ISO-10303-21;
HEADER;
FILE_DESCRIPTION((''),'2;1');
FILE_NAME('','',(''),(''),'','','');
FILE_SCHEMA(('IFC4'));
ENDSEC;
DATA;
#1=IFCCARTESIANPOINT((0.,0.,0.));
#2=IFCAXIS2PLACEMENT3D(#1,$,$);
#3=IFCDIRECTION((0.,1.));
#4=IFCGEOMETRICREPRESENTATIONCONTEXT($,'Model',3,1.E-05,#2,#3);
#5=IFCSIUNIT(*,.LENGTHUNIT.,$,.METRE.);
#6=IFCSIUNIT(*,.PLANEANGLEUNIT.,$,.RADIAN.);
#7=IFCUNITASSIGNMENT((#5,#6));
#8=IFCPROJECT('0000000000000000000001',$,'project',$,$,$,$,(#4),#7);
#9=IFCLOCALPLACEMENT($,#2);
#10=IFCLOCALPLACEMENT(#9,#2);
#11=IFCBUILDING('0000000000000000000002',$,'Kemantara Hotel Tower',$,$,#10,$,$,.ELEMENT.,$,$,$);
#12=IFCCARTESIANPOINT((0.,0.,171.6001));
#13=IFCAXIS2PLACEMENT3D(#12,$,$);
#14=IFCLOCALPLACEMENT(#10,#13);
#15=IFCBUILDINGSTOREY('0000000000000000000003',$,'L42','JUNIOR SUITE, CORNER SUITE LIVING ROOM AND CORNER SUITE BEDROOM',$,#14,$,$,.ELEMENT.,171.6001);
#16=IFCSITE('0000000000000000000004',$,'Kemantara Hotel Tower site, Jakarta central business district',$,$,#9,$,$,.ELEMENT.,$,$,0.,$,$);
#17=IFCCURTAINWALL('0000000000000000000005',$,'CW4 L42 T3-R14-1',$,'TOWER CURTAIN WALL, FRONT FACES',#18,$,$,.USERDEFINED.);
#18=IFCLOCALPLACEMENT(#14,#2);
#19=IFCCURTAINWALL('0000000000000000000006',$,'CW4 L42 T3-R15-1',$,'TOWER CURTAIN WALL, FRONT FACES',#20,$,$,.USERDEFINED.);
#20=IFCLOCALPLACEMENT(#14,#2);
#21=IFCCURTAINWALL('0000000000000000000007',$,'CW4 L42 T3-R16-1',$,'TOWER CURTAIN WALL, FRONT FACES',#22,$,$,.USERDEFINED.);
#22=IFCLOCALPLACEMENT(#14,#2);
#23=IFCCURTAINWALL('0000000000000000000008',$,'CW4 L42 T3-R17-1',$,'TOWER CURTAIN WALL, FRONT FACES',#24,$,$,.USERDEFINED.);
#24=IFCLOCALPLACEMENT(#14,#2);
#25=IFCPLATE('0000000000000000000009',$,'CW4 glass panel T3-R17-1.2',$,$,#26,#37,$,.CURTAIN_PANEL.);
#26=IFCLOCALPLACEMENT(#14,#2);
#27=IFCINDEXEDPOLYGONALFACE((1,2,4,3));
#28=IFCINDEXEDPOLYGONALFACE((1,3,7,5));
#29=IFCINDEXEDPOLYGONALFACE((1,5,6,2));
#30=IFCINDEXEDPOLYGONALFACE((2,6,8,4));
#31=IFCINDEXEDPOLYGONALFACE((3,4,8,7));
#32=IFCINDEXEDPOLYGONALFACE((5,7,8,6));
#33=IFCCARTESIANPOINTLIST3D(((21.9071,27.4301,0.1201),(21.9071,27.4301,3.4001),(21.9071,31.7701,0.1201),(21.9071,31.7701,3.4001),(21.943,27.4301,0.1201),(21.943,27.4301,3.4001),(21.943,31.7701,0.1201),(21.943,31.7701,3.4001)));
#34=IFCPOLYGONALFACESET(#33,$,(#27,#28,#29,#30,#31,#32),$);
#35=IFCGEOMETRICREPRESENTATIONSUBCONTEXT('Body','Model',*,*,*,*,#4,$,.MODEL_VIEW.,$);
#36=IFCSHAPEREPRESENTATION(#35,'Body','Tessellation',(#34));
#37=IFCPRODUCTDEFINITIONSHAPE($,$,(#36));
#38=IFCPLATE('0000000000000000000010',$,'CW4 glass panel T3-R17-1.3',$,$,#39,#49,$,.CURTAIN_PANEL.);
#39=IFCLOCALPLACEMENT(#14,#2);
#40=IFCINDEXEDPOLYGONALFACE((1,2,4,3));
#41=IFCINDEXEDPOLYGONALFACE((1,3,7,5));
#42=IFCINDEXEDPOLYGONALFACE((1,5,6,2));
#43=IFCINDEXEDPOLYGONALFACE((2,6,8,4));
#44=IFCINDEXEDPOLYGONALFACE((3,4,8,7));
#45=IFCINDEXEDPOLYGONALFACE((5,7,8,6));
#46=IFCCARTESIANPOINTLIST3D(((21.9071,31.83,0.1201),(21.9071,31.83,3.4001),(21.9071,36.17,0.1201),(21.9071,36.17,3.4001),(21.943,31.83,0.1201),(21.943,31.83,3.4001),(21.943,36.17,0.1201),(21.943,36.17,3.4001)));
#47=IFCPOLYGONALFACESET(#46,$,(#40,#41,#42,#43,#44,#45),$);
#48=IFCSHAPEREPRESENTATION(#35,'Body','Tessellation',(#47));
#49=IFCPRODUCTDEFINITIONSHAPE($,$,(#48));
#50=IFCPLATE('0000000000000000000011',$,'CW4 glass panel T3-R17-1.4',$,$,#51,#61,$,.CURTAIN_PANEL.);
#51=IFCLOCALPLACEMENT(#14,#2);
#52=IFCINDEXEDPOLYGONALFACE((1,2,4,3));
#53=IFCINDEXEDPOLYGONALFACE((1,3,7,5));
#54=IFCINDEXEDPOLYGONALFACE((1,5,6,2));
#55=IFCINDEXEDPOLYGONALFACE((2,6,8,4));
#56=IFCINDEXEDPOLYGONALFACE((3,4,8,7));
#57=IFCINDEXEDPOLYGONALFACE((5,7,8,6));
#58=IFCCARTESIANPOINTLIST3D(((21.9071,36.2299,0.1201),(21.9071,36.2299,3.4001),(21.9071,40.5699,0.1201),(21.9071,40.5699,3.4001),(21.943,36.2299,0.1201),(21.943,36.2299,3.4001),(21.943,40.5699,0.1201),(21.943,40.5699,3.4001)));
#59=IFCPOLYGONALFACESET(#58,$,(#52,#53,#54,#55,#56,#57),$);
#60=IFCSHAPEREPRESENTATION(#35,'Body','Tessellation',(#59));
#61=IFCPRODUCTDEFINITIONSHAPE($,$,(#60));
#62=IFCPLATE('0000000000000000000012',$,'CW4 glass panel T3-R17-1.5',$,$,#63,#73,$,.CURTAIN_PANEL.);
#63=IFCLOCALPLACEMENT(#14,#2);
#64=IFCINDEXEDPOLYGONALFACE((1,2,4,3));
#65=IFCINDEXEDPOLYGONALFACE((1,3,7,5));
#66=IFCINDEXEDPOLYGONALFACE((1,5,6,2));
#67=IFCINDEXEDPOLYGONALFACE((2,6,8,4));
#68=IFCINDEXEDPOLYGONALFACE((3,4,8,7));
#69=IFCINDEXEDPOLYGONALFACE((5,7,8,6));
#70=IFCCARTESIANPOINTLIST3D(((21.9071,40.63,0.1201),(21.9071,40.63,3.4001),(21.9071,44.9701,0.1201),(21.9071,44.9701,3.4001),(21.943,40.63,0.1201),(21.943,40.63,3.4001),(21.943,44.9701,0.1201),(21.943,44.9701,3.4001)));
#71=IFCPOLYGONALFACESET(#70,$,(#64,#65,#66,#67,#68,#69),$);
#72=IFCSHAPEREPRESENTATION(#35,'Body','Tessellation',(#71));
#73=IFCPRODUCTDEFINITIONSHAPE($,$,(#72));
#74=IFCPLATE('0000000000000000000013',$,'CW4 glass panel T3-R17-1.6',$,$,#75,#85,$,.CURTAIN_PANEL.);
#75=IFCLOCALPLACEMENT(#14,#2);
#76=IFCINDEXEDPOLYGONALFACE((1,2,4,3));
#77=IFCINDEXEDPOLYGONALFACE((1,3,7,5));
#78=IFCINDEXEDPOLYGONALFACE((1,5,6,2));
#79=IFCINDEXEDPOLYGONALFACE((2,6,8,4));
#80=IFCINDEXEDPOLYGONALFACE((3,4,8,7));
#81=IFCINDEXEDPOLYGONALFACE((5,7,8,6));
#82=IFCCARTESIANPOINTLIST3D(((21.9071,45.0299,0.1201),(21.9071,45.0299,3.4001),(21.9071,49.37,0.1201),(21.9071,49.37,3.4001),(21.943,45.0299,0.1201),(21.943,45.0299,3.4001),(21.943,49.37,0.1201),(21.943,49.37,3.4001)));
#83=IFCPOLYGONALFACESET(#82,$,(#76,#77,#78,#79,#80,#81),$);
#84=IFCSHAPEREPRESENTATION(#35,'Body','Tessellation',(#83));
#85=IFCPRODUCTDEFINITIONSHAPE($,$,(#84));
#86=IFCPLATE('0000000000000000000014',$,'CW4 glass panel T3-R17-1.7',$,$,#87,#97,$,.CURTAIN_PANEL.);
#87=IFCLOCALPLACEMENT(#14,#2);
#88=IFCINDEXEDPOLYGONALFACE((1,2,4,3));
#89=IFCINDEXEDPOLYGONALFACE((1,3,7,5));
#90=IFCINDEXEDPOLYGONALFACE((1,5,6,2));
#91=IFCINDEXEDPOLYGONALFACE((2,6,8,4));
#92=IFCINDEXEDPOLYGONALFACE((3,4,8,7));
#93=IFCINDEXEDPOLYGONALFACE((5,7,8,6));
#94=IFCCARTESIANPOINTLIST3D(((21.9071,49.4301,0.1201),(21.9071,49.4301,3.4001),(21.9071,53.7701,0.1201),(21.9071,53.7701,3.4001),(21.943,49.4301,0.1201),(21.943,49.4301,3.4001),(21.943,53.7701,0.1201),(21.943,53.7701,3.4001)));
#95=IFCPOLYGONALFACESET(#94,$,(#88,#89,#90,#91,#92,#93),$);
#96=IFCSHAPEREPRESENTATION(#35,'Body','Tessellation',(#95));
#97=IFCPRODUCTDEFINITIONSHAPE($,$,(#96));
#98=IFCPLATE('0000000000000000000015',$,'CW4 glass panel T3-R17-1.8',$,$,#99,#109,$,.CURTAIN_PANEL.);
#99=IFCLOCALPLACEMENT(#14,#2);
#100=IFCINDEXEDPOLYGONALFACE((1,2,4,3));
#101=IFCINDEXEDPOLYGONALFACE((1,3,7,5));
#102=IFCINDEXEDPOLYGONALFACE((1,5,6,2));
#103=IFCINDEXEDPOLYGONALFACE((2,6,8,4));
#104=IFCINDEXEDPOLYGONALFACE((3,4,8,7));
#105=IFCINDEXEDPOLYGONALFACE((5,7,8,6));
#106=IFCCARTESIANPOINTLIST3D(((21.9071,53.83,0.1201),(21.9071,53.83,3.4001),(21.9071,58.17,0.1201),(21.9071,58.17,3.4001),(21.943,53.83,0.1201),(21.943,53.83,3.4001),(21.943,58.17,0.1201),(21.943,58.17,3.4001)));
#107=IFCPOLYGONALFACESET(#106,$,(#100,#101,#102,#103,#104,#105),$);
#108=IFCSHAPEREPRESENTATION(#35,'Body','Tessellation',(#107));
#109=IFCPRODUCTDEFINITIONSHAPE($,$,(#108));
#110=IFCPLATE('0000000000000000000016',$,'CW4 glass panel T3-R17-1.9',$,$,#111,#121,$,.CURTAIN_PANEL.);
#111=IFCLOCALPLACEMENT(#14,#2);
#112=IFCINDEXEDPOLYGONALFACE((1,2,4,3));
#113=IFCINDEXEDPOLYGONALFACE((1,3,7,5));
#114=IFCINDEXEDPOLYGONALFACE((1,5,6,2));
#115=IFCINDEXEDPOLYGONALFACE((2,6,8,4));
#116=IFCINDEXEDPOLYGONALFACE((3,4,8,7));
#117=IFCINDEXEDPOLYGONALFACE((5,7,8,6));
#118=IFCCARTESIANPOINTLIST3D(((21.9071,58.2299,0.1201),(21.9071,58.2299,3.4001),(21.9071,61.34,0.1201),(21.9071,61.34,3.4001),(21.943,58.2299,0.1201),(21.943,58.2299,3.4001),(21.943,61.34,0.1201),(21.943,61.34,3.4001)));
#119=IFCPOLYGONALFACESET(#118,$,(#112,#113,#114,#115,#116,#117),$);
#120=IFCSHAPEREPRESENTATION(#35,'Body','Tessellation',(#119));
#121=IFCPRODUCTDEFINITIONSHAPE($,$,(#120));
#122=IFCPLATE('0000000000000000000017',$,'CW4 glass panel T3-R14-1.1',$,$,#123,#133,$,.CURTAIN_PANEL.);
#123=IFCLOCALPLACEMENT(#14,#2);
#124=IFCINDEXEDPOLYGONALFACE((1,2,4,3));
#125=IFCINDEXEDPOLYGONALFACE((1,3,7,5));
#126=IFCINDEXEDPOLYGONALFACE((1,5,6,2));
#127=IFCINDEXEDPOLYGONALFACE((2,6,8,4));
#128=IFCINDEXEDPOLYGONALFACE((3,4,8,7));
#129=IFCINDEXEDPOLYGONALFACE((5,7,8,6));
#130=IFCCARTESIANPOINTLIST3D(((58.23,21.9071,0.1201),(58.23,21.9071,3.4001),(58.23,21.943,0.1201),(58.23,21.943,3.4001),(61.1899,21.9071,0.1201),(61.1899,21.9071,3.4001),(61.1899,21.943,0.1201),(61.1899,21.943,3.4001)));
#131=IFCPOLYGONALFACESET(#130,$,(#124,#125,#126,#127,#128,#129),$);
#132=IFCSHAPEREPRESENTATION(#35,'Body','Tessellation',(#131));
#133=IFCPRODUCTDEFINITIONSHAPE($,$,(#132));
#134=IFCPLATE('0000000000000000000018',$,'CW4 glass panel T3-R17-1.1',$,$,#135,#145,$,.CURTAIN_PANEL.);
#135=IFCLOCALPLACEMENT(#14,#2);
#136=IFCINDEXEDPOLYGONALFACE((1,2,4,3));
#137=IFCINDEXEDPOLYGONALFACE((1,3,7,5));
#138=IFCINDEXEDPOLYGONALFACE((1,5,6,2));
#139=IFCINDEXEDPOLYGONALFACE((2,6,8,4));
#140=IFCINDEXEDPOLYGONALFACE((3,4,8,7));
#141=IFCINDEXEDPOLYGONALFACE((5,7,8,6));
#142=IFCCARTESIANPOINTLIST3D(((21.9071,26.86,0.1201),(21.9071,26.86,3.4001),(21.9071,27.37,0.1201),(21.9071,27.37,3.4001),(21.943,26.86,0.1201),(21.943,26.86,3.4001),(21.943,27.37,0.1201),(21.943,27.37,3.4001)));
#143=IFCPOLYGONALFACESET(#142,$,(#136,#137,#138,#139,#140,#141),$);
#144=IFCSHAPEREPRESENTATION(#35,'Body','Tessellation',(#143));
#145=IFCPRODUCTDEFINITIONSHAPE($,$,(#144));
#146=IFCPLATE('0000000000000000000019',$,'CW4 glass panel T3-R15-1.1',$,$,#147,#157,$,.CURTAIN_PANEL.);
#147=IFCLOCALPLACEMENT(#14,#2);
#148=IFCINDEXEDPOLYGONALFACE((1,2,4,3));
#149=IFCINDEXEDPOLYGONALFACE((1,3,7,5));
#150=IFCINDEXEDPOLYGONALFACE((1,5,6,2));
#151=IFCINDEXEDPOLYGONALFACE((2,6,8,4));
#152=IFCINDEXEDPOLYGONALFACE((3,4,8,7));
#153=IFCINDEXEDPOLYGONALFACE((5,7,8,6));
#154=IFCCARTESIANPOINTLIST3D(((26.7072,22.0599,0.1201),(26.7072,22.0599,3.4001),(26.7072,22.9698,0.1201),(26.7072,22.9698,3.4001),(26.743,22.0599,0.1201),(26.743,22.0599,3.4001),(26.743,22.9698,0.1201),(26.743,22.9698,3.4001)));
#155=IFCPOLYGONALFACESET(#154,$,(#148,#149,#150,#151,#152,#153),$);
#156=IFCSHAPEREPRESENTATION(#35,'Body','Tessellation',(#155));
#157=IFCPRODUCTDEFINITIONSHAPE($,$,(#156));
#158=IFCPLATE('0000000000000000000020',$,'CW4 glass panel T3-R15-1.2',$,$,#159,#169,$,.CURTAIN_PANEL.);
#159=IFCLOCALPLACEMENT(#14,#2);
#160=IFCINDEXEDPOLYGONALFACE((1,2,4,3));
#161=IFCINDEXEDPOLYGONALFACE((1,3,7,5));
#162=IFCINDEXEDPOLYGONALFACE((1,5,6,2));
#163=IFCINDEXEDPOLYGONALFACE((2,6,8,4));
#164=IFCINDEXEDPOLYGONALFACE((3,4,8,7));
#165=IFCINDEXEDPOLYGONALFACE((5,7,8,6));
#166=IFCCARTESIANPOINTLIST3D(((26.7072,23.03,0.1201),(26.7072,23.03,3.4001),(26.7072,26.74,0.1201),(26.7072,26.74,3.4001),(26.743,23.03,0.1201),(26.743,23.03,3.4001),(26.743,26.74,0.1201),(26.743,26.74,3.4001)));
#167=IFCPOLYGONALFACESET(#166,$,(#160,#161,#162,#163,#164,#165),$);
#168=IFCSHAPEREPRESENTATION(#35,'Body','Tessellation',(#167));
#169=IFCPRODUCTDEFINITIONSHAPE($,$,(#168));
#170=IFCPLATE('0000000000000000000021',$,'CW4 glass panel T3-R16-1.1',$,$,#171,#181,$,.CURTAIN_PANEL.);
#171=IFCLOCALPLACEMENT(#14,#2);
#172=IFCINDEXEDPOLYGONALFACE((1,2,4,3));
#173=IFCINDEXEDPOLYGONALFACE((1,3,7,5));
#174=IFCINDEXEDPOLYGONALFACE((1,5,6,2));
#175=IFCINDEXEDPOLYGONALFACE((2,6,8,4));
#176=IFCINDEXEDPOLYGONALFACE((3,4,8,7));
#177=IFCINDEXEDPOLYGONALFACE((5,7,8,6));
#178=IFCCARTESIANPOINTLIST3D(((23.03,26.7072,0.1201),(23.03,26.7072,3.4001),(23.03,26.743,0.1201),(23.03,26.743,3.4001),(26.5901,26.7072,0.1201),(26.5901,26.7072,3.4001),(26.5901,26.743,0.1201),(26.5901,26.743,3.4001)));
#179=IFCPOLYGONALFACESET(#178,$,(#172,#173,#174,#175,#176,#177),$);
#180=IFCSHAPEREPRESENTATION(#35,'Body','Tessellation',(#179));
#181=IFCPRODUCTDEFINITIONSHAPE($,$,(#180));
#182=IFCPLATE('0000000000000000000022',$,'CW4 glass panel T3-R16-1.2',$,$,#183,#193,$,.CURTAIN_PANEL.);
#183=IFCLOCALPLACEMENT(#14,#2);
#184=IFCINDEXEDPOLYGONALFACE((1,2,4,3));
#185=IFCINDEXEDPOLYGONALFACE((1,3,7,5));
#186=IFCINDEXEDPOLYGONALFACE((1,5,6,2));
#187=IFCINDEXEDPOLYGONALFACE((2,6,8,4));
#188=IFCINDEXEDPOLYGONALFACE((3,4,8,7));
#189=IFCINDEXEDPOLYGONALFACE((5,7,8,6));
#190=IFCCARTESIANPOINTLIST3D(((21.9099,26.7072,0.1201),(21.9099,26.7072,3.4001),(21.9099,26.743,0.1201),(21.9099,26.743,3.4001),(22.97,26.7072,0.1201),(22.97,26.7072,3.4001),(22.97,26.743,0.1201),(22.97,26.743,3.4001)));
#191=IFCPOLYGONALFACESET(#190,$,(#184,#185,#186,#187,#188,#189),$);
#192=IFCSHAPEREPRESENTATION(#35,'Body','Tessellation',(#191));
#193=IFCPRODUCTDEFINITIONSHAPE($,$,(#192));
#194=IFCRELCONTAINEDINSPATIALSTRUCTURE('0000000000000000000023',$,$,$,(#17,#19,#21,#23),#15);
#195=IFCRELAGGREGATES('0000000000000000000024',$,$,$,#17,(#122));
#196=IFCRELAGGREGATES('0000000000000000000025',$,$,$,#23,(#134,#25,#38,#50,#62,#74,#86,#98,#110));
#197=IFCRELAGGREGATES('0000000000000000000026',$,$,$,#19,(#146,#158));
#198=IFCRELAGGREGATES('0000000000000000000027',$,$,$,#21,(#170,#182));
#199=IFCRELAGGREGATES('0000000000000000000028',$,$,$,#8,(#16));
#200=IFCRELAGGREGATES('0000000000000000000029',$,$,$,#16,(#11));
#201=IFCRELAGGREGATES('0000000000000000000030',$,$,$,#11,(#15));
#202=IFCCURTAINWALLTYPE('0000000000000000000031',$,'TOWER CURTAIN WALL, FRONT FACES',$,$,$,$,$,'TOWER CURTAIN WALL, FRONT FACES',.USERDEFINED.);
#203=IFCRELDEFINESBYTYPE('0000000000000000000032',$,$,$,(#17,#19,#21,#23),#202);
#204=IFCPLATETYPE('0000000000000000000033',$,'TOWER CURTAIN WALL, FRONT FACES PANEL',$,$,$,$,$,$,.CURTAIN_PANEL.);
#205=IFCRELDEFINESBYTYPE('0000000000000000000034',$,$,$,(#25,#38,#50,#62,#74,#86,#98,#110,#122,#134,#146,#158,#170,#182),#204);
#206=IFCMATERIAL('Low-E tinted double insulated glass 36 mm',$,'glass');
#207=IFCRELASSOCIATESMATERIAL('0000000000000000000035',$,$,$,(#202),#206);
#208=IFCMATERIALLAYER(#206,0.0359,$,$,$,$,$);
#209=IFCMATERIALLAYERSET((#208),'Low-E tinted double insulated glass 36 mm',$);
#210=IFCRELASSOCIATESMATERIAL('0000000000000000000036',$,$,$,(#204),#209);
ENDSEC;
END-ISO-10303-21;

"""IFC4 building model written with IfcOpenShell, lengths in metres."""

from ifc_helpers import new_model, si_unit, direction, frame, origin, origin_2d, place, context, subcontext, project, spatial, rectangle, extrude, source, transform, mapped, material, layer, layer_set, type_object, element, aggregate, save


model = new_model("IFC4")

# Units and contexts
model_context = context("Model", 3, precision=1e-05, world=origin(), true_north=direction((0.0, 1.0)))
body_context = subcontext(model_context, "Body", "Model", "MODEL_VIEW")
ifc_project = project(units=[si_unit("LENGTHUNIT", "METRE"), si_unit("PLANEANGLEUNIT", "RADIAN")], contexts=[model_context])

# Site, building, storey
site_placement = place(None, origin())
site = spatial("IfcSite", under=ifc_project, at=site_placement, Name="Kemantara Hotel Tower site, Jakarta central business district", CompositionType="ELEMENT", RefElevation=0.0)
building_placement = place(site_placement, origin())
building = spatial("IfcBuilding", under=site, at=building_placement, Name="Kemantara Hotel Tower", CompositionType="ELEMENT")
storey_placement = place(building_placement, frame((0.0, 0.0, 171.6001)))
storey = spatial("IfcBuildingStorey", under=building, at=storey_placement, Name="L42", Description="JUNIOR SUITE, CORNER SUITE LIVING ROOM AND CORNER SUITE BEDROOM", CompositionType="ELEMENT", Elevation=171.6001)

# Curtain walls
ifc_material_1 = material(Name="Low-E tinted double insulated glass 36 mm", Category="glass")
curtain_wall_type = type_object("IfcCurtainWallType", Name="TOWER CURTAIN WALL, FRONT FACES", ElementType="TOWER CURTAIN WALL, FRONT FACES", PredefinedType="USERDEFINED", material=ifc_material_1)
curtain_wall_1_placement = place(storey_placement, origin())
curtain_wall_1 = element("IfcCurtainWall", 1, at=curtain_wall_1_placement, inside=storey, type_object=curtain_wall_type, Name="CW4 L42 T3-R14-1", ObjectType="TOWER CURTAIN WALL, FRONT FACES", PredefinedType="USERDEFINED")
curtain_wall_2_placement = place(storey_placement, origin())
curtain_wall_2 = element("IfcCurtainWall", 2, at=curtain_wall_2_placement, inside=storey, type_object=curtain_wall_type, Name="CW4 L42 T3-R15-1", ObjectType="TOWER CURTAIN WALL, FRONT FACES", PredefinedType="USERDEFINED")
curtain_wall_3_placement = place(storey_placement, origin())
curtain_wall_3 = element("IfcCurtainWall", 3, at=curtain_wall_3_placement, inside=storey, type_object=curtain_wall_type, Name="CW4 L42 T3-R16-1", ObjectType="TOWER CURTAIN WALL, FRONT FACES", PredefinedType="USERDEFINED")

# Curtain wall
curtain_wall_4_placement = place(storey_placement, origin())
curtain_wall_4 = element("IfcCurtainWall", 4, at=curtain_wall_4_placement, inside=storey, type_object=curtain_wall_type, Name="CW4 L42 T3-R17-1", ObjectType="TOWER CURTAIN WALL, FRONT FACES", PredefinedType="USERDEFINED")

# Plates
ifc_layer_1 = layer(ifc_material_1, 0.0359)
ifc_layer_set_1 = layer_set([ifc_layer_1], Name="Low-E tinted double insulated glass 36 mm")
plate_type = type_object("IfcPlateType", Name="TOWER CURTAIN WALL, FRONT FACES PANEL", PredefinedType="CURTAIN_PANEL", material=ifc_layer_set_1)
shared_shape_1 = source(origin(), body_context, "Body", "SweptSolid", [
    extrude(rectangle(XDim=4.3401, YDim=0.0359, at=origin_2d()), origin(), (0.0, 0.0, 1.0), 3.28),
])
plate_1_placement = place(storey_placement, frame((21.925, 29.6001, 0.1201), z_axis=(0.0, 0.0, 1.0), x_axis=(0.0, 1.0, 0.0)))
plate_1 = element("IfcPlate", 5, at=plate_1_placement, type_object=plate_type, Name="CW4 glass panel T3-R17-1.2", PredefinedType="CURTAIN_PANEL", context=body_context, shape_type="MappedRepresentation", body=[
    mapped(shared_shape_1, transform((0.0, 0.0, 0.0))),
])
plate_2_placement = place(storey_placement, frame((21.925, 34.0, 0.1201), z_axis=(0.0, 0.0, 1.0), x_axis=(0.0, 1.0, 0.0)))
plate_2 = element("IfcPlate", 6, at=plate_2_placement, type_object=plate_type, Name="CW4 glass panel T3-R17-1.3", PredefinedType="CURTAIN_PANEL", context=body_context, shape_type="MappedRepresentation", body=[
    mapped(shared_shape_1, transform((0.0, 0.0, 0.0))),
])
plate_3_placement = place(storey_placement, frame((21.925, 38.3999, 0.1201), z_axis=(0.0, 0.0, 1.0), x_axis=(0.0, 1.0, 0.0)))
plate_3 = element("IfcPlate", 7, at=plate_3_placement, type_object=plate_type, Name="CW4 glass panel T3-R17-1.4", PredefinedType="CURTAIN_PANEL", context=body_context, shape_type="MappedRepresentation", body=[
    mapped(shared_shape_1, transform((0.0, 0.0, 0.0))),
])
plate_4_placement = place(storey_placement, frame((21.925, 42.8, 0.1201), z_axis=(0.0, 0.0, 1.0), x_axis=(0.0, 1.0, 0.0)))
plate_4 = element("IfcPlate", 8, at=plate_4_placement, type_object=plate_type, Name="CW4 glass panel T3-R17-1.5", PredefinedType="CURTAIN_PANEL", context=body_context, shape_type="MappedRepresentation", body=[
    mapped(shared_shape_1, transform((0.0, 0.0, 0.0))),
])
plate_5_placement = place(storey_placement, frame((21.925, 47.2, 0.1201), z_axis=(0.0, 0.0, 1.0), x_axis=(0.0, 1.0, 0.0)))
plate_5 = element("IfcPlate", 9, at=plate_5_placement, type_object=plate_type, Name="CW4 glass panel T3-R17-1.6", PredefinedType="CURTAIN_PANEL", context=body_context, shape_type="MappedRepresentation", body=[
    mapped(shared_shape_1, transform((0.0, 0.0, 0.0))),
])
plate_6_placement = place(storey_placement, frame((21.925, 51.6001, 0.1201), z_axis=(0.0, 0.0, 1.0), x_axis=(0.0, 1.0, 0.0)))
plate_6 = element("IfcPlate", 10, at=plate_6_placement, type_object=plate_type, Name="CW4 glass panel T3-R17-1.7", PredefinedType="CURTAIN_PANEL", context=body_context, shape_type="MappedRepresentation", body=[
    mapped(shared_shape_1, transform((0.0, 0.0, 0.0))),
])
plate_7_placement = place(storey_placement, frame((21.925, 56.0, 0.1201), z_axis=(0.0, 0.0, 1.0), x_axis=(0.0, 1.0, 0.0)))
plate_7 = element("IfcPlate", 11, at=plate_7_placement, type_object=plate_type, Name="CW4 glass panel T3-R17-1.8", PredefinedType="CURTAIN_PANEL", context=body_context, shape_type="MappedRepresentation", body=[
    mapped(shared_shape_1, transform((0.0, 0.0, 0.0))),
])
shared_shape_2 = source(origin(), body_context, "Body", "SweptSolid", [
    extrude(rectangle(XDim=3.1101, YDim=0.0359, at=origin_2d()), origin(), (0.0, 0.0, 1.0), 3.28),
])
plate_8_placement = place(storey_placement, frame((21.925, 59.7849, 0.1201), z_axis=(0.0, 0.0, 1.0), x_axis=(0.0, 1.0, 0.0)))
plate_8 = element("IfcPlate", 12, at=plate_8_placement, type_object=plate_type, Name="CW4 glass panel T3-R17-1.9", PredefinedType="CURTAIN_PANEL", context=body_context, shape_type="MappedRepresentation", body=[
    mapped(shared_shape_2, transform((0.0, 0.0, 0.0))),
])
shared_shape_3 = source(origin(), body_context, "Body", "SweptSolid", [
    extrude(rectangle(XDim=2.96, YDim=0.0359, at=origin_2d()), origin(), (0.0, 0.0, 1.0), 3.28),
])
plate_9_placement = place(storey_placement, frame((59.71, 21.925, 0.1201), z_axis=(0.0, 0.0, 1.0), x_axis=(-1.0, 0.0, 0.0)))
plate_9 = element("IfcPlate", 13, at=plate_9_placement, type_object=plate_type, Name="CW4 glass panel T3-R14-1.1", PredefinedType="CURTAIN_PANEL", context=body_context, shape_type="MappedRepresentation", body=[
    mapped(shared_shape_3, transform((0.0, 0.0, 0.0))),
])
aggregate(curtain_wall_1, [plate_9])
shared_shape_4 = source(origin(), body_context, "Body", "SweptSolid", [
    extrude(rectangle(XDim=0.51, YDim=0.0359, at=origin_2d()), origin(), (0.0, 0.0, 1.0), 3.28),
])
plate_10_placement = place(storey_placement, frame((21.925, 27.115, 0.1201), z_axis=(0.0, 0.0, 1.0), x_axis=(0.0, 1.0, 0.0)))
plate_10 = element("IfcPlate", 14, at=plate_10_placement, type_object=plate_type, Name="CW4 glass panel T3-R17-1.1", PredefinedType="CURTAIN_PANEL", context=body_context, shape_type="MappedRepresentation", body=[
    mapped(shared_shape_4, transform((0.0, 0.0, 0.0))),
])
aggregate(curtain_wall_4, [plate_10, plate_1, plate_2, plate_3, plate_4, plate_5, plate_6, plate_7, plate_8])
shared_shape_5 = source(origin(), body_context, "Body", "SweptSolid", [
    extrude(rectangle(XDim=0.9099, YDim=0.0359, at=origin_2d()), origin(), (0.0, 0.0, 1.0), 3.28),
])
plate_11_placement = place(storey_placement, frame((26.7251, 22.5149, 0.1201), z_axis=(0.0, 0.0, 1.0), x_axis=(0.0, 1.0, 0.0)))
plate_11 = element("IfcPlate", 15, at=plate_11_placement, type_object=plate_type, Name="CW4 glass panel T3-R15-1.1", PredefinedType="CURTAIN_PANEL", context=body_context, shape_type="MappedRepresentation", body=[
    mapped(shared_shape_5, transform((0.0, 0.0, 0.0))),
])
shared_shape_6 = source(origin(), body_context, "Body", "SweptSolid", [
    extrude(rectangle(XDim=3.71, YDim=0.0359, at=origin_2d()), origin(), (0.0, 0.0, 1.0), 3.28),
])
plate_12_placement = place(storey_placement, frame((26.7251, 24.885, 0.1201), z_axis=(0.0, 0.0, 1.0), x_axis=(0.0, 1.0, 0.0)))
plate_12 = element("IfcPlate", 16, at=plate_12_placement, type_object=plate_type, Name="CW4 glass panel T3-R15-1.2", PredefinedType="CURTAIN_PANEL", context=body_context, shape_type="MappedRepresentation", body=[
    mapped(shared_shape_6, transform((0.0, 0.0, 0.0))),
])
aggregate(curtain_wall_2, [plate_11, plate_12])
shared_shape_7 = source(origin(), body_context, "Body", "SweptSolid", [
    extrude(rectangle(XDim=3.5601, YDim=0.0359, at=origin_2d()), origin(), (0.0, 0.0, 1.0), 3.28),
])
plate_13_placement = place(storey_placement, frame((24.8101, 26.7251, 0.1201), z_axis=(0.0, 0.0, 1.0), x_axis=(-1.0, 0.0, 0.0)))
plate_13 = element("IfcPlate", 17, at=plate_13_placement, type_object=plate_type, Name="CW4 glass panel T3-R16-1.1", PredefinedType="CURTAIN_PANEL", context=body_context, shape_type="MappedRepresentation", body=[
    mapped(shared_shape_7, transform((0.0, 0.0, 0.0))),
])
shared_shape_8 = source(origin(), body_context, "Body", "SweptSolid", [
    extrude(rectangle(XDim=1.0601, YDim=0.0359, at=origin_2d()), origin(), (0.0, 0.0, 1.0), 3.28),
])
plate_14_placement = place(storey_placement, frame((22.4399, 26.7251, 0.1201), z_axis=(0.0, 0.0, 1.0), x_axis=(-1.0, 0.0, 0.0)))
plate_14 = element("IfcPlate", 18, at=plate_14_placement, type_object=plate_type, Name="CW4 glass panel T3-R16-1.2", PredefinedType="CURTAIN_PANEL", context=body_context, shape_type="MappedRepresentation", body=[
    mapped(shared_shape_8, transform((0.0, 0.0, 0.0))),
])
aggregate(curtain_wall_3, [plate_13, plate_14])

save(model, "model.ifc")
